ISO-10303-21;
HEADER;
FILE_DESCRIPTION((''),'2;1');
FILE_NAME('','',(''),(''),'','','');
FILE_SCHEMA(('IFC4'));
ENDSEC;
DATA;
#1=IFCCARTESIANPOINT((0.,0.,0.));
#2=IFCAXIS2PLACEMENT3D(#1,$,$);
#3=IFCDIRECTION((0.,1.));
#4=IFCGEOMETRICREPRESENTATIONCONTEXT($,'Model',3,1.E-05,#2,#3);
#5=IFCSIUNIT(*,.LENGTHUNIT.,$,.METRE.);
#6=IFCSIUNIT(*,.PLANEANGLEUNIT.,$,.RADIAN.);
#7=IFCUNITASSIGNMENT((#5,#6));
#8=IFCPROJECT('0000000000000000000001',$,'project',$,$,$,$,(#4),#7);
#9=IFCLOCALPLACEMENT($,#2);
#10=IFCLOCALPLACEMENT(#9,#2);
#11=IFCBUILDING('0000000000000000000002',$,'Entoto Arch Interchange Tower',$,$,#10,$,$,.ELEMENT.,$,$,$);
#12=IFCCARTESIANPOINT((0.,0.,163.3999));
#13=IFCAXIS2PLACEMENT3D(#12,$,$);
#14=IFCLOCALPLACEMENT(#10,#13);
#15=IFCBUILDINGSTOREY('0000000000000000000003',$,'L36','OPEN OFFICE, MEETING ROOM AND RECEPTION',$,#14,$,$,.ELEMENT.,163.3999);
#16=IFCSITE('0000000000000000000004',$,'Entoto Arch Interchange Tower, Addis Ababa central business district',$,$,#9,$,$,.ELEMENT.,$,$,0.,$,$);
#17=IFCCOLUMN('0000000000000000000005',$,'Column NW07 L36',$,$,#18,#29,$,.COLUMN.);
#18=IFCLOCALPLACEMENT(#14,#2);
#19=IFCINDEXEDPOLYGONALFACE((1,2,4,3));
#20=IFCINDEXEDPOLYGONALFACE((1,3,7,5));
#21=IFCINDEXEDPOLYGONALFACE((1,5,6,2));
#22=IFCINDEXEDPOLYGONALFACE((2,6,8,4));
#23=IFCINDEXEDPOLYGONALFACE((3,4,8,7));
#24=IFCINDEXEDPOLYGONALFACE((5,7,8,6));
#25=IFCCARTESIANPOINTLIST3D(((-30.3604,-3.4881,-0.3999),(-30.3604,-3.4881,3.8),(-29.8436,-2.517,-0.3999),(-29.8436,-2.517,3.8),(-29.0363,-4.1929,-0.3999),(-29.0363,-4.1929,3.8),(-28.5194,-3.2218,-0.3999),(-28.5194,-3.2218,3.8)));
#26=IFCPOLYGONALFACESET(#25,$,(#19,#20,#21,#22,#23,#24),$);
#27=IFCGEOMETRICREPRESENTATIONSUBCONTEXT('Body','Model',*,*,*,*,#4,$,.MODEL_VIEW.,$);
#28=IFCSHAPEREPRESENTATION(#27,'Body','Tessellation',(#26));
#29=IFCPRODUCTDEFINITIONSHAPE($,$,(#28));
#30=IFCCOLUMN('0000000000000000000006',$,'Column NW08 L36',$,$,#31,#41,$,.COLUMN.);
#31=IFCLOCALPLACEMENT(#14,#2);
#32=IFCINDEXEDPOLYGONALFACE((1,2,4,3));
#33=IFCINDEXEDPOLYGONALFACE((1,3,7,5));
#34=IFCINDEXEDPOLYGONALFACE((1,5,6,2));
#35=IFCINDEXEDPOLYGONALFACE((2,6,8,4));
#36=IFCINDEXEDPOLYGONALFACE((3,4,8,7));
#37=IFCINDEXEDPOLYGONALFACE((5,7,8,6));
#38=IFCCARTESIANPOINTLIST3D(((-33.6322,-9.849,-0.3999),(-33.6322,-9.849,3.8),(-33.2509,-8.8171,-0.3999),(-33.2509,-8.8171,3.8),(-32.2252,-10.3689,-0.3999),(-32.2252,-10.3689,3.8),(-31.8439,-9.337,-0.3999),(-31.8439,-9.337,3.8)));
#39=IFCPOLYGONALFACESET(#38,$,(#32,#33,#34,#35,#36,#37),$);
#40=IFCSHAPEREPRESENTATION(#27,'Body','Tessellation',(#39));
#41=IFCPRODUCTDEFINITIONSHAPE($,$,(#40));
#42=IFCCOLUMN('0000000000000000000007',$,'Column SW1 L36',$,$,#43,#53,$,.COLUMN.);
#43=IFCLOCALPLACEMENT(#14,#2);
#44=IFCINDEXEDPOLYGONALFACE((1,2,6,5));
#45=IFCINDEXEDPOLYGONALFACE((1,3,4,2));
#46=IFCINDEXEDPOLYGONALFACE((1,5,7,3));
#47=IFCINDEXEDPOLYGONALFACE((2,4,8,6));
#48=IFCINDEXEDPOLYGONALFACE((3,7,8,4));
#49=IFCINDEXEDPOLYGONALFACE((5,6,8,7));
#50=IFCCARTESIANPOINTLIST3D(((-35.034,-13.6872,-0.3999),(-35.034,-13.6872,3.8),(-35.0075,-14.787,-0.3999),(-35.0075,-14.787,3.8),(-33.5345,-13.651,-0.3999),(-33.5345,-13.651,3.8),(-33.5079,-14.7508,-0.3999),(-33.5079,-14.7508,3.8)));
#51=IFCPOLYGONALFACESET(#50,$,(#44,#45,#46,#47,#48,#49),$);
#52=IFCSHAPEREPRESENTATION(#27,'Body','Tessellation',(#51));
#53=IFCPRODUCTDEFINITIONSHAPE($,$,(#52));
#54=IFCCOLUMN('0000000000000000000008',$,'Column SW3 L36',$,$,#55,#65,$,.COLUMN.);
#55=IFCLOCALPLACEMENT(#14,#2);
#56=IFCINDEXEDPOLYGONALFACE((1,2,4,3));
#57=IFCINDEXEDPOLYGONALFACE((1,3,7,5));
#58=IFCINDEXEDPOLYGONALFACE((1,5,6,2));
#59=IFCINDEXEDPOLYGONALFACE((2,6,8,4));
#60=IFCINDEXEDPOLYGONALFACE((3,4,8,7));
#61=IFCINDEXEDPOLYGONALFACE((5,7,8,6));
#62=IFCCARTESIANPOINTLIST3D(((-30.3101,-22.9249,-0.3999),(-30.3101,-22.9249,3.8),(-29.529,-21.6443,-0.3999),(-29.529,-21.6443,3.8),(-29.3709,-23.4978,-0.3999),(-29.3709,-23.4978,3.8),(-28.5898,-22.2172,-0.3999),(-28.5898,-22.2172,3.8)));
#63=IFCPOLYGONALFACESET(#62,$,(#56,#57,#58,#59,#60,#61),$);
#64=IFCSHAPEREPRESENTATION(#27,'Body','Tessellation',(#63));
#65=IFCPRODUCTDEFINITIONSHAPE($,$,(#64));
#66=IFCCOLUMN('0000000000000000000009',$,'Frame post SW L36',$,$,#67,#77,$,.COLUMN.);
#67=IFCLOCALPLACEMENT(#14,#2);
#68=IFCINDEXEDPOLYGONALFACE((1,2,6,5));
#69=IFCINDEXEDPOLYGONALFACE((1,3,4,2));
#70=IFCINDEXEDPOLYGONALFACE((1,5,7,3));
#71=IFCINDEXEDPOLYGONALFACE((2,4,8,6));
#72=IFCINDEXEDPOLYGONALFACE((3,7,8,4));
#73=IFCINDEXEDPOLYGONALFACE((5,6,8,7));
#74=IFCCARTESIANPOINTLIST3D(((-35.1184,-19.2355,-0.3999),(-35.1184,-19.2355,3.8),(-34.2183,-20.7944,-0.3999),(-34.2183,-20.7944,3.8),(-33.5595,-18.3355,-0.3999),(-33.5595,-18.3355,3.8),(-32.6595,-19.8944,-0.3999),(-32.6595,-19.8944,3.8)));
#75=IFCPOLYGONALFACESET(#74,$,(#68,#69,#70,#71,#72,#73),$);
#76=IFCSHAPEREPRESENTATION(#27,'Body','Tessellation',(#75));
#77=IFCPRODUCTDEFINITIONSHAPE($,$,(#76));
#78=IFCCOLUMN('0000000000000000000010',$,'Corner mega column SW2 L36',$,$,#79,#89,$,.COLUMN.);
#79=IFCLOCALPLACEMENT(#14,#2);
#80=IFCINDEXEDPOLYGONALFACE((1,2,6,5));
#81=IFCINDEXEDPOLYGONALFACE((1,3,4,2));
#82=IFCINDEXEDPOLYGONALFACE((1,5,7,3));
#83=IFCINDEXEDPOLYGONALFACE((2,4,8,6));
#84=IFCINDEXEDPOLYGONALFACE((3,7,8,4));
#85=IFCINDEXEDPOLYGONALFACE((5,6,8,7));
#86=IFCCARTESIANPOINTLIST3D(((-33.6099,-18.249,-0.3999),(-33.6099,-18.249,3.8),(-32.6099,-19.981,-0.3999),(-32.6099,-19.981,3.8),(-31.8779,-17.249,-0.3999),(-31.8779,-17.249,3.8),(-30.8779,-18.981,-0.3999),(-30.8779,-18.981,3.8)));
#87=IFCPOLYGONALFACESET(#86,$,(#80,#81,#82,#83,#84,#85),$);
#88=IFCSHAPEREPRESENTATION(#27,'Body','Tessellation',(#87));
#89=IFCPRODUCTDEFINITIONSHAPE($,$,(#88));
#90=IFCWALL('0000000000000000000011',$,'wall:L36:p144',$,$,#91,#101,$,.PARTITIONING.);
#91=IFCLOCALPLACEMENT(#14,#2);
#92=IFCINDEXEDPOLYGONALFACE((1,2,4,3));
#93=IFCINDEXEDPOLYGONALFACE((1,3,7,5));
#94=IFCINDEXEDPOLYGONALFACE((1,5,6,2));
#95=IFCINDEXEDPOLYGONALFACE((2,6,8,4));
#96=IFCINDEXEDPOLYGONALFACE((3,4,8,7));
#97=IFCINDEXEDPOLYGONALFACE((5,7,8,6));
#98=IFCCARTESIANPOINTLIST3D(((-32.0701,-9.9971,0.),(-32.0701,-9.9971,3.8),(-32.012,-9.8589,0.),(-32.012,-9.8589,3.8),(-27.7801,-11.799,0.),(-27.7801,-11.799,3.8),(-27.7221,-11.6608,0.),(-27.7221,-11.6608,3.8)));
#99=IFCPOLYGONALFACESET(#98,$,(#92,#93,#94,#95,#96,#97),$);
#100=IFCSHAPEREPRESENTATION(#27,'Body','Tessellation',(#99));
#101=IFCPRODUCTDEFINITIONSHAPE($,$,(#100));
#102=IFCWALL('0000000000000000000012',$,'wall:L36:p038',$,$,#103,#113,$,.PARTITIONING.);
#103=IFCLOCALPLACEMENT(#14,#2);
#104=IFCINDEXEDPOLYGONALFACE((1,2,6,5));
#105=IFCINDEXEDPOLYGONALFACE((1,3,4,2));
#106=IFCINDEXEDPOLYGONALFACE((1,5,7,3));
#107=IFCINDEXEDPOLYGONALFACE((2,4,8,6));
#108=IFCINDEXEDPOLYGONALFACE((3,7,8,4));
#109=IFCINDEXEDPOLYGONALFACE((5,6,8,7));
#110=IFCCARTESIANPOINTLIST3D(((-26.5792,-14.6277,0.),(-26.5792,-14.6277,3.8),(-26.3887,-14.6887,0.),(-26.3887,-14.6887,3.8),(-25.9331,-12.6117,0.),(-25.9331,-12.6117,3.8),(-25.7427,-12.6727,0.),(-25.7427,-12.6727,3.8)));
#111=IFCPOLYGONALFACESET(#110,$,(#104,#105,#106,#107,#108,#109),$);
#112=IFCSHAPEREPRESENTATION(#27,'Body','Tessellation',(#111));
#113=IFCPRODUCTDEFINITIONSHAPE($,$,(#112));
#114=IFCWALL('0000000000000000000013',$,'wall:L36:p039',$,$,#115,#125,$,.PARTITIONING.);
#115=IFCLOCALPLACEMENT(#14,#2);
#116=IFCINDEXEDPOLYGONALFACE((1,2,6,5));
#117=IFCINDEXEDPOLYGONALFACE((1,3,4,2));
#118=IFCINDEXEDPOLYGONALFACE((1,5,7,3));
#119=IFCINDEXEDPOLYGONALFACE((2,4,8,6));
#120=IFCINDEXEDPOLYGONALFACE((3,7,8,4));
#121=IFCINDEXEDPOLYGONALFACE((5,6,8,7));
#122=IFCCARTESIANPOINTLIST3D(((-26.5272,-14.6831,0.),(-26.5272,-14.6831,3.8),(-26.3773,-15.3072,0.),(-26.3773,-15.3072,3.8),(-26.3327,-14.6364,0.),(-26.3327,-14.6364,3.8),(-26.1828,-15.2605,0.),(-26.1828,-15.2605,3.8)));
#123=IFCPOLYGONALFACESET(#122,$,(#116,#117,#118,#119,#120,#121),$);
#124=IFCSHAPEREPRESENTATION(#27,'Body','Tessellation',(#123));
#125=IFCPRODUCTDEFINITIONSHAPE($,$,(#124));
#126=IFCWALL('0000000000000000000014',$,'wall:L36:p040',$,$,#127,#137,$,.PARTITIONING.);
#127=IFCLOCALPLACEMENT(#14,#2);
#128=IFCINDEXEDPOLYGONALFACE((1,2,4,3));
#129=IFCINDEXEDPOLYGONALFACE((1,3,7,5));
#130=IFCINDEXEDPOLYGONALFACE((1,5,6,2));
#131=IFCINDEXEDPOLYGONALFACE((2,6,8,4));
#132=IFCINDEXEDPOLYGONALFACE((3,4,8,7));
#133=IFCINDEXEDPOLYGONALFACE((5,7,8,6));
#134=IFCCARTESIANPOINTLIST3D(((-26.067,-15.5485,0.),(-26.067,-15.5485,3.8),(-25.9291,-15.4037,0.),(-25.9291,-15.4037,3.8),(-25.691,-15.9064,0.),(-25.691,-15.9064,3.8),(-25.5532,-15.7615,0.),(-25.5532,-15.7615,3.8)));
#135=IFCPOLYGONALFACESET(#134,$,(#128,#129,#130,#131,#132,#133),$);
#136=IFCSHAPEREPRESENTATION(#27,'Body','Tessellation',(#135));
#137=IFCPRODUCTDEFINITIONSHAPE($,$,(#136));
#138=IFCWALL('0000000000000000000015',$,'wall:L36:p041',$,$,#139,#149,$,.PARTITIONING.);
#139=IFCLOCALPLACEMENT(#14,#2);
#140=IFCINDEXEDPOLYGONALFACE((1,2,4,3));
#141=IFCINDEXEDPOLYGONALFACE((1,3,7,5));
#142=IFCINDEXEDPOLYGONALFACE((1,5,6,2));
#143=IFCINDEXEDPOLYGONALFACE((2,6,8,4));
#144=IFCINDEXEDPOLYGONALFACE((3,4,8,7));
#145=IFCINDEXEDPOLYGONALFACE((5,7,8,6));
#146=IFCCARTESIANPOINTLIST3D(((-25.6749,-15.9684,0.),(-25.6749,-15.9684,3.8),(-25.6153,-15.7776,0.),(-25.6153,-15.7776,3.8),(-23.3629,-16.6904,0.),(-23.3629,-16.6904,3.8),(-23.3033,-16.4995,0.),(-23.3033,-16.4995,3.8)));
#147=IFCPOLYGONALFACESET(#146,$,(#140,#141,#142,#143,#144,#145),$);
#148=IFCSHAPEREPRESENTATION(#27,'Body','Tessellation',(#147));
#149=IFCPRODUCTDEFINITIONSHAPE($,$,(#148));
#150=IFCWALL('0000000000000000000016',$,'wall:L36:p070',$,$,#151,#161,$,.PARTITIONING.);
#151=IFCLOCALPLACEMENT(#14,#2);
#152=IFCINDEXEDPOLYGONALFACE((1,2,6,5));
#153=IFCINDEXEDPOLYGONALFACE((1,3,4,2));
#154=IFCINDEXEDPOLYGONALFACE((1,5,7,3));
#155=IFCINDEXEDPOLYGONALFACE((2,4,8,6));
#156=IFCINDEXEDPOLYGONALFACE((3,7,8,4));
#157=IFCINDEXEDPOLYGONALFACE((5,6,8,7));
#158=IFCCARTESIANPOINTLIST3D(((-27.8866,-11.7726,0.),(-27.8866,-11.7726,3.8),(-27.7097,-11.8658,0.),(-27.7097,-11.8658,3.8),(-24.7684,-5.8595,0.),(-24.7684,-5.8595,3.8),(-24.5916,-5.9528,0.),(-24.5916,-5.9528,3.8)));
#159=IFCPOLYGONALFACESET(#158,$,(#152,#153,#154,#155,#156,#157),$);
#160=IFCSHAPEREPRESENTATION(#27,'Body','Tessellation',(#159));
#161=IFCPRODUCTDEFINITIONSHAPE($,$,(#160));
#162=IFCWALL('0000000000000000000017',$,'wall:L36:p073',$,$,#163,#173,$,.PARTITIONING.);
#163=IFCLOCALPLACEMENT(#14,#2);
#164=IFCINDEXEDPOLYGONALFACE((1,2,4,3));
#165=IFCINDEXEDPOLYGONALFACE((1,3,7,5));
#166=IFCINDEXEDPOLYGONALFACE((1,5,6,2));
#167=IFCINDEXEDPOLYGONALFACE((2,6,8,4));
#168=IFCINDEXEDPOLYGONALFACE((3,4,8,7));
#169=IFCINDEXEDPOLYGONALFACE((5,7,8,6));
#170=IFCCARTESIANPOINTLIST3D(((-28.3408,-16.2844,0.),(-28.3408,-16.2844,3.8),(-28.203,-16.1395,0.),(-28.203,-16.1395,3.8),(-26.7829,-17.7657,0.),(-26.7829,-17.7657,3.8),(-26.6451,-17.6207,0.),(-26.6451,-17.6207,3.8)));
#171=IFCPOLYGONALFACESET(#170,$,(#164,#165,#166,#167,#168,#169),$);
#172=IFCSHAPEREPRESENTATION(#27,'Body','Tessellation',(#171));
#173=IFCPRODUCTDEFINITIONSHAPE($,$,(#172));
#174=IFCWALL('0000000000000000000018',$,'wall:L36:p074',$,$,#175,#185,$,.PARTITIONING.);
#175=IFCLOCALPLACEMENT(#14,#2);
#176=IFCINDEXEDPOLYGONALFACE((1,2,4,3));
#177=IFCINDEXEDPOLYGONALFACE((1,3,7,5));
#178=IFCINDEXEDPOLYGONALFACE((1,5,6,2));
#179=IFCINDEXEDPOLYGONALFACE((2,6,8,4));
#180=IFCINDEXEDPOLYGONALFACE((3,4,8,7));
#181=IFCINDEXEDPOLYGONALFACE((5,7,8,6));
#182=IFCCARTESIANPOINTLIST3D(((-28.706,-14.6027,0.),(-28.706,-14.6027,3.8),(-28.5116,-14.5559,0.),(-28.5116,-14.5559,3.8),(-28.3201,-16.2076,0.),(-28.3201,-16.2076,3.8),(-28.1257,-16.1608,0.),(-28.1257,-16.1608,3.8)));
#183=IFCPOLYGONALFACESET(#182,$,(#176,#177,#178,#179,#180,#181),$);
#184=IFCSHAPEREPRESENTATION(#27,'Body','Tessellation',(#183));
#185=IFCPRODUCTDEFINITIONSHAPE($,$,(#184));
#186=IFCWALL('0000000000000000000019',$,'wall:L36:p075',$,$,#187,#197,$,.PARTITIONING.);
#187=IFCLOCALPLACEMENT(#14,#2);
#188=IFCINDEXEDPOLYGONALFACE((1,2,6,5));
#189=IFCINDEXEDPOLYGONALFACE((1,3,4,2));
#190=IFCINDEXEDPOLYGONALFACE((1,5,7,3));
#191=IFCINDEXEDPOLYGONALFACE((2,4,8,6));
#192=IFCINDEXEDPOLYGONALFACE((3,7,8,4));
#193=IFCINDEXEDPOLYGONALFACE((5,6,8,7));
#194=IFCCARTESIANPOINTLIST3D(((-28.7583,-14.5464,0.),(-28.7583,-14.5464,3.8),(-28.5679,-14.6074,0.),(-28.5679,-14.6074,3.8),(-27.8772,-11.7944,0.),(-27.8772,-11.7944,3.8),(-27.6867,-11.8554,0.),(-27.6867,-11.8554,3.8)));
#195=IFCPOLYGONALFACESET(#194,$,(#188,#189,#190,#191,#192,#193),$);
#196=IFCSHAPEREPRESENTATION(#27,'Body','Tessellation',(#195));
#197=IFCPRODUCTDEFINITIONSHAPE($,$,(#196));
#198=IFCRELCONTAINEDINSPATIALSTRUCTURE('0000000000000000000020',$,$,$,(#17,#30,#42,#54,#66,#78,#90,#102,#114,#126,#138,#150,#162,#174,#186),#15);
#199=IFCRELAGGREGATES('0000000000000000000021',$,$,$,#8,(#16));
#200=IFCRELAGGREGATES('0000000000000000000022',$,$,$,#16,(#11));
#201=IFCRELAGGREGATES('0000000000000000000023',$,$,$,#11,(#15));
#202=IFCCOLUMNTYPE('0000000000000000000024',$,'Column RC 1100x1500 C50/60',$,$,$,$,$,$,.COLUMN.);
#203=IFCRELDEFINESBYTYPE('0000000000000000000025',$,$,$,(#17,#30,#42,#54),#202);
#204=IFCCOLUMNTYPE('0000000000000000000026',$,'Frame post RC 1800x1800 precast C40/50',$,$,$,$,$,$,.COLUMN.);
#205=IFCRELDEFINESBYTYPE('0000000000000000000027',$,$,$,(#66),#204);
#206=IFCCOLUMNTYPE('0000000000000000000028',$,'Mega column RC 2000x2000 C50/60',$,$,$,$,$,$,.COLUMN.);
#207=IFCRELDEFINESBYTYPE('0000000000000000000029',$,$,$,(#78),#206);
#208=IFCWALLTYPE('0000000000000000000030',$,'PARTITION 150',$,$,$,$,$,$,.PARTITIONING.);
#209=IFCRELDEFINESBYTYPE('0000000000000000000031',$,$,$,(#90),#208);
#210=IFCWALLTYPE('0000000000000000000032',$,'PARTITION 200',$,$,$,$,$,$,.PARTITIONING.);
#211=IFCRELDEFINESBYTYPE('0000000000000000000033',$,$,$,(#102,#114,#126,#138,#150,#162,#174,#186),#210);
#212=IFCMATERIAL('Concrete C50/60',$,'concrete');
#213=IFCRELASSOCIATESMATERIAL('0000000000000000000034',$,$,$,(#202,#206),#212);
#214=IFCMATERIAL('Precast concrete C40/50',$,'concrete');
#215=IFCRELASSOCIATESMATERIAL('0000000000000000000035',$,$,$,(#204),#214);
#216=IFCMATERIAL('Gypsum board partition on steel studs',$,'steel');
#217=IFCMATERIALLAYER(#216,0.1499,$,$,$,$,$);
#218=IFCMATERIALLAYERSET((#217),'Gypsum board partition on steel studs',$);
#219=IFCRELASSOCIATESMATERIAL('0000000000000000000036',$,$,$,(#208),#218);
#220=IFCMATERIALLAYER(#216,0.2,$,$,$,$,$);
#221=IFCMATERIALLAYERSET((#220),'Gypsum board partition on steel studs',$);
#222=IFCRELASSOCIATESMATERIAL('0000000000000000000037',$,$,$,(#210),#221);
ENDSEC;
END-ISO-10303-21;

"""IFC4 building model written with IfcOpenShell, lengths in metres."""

from ifc_helpers import new_model, si_unit, direction, frame, frame_2d, origin, origin_2d, place, context, subcontext, project, spatial, rectangle, extrude, material, layer, layer_set, material_profile, profile_set, type_object, element, save


model = new_model("IFC4")

# Units and contexts
model_context = context("Model", 3, precision=1e-05, world=origin(), true_north=direction((0.0, 1.0)))
body_context = subcontext(model_context, "Body", "Model", "MODEL_VIEW")
ifc_project = project(units=[si_unit("LENGTHUNIT", "METRE"), si_unit("PLANEANGLEUNIT", "RADIAN")], contexts=[model_context])

# Site, building, storey
site_placement = place(None, origin())
site = spatial("IfcSite", under=ifc_project, at=site_placement, Name="Entoto Arch Interchange Tower, Addis Ababa central business district", CompositionType="ELEMENT", RefElevation=0.0)
building_placement = place(site_placement, origin())
building = spatial("IfcBuilding", under=site, at=building_placement, Name="Entoto Arch Interchange Tower", CompositionType="ELEMENT")
storey_placement = place(building_placement, frame((0.0, 0.0, 163.3999)))
storey = spatial("IfcBuildingStorey", under=building, at=storey_placement, Name="L36", Description="OPEN OFFICE, MEETING ROOM AND RECEPTION", CompositionType="ELEMENT", Elevation=163.3999)

# Columns
ifc_material_1 = material(Name="Concrete C50/60", Category="concrete")
ifc_material_profile_1 = material_profile(ifc_material_1, rectangle(XDim=1.1001, YDim=1.5, at=origin_2d()))
ifc_profile_set_1 = profile_set([ifc_material_profile_1], Name="Concrete C50/60")
column_type_1 = type_object("IfcColumnType", Name="Column RC 1100x1500 C50/60", PredefinedType="COLUMN", material=ifc_profile_set_1)
for number, where, z_axis, x_axis, name in (
    (1, (-29.4399, -3.355, -0.3999), (0.0, 0.0, 1.0), (0.469857, 0.882743, 0.0), "Column NW07 L36"),
    (2, (-32.738, -9.593, -0.3999), (0.0, 0.0, 1.0), (0.346592, 0.938016, 0.0), "Column NW08 L36"),
    (3, (-34.271, -14.219, -0.3999), (0.0, 0.0, 1.0), (-0.024118, 0.999709, 0.0), "Column SW1 L36"),
    (4, (-29.45, -22.571, -0.3999), (0.0, 0.0, 1.0), (-0.853714, 0.520741, 0.0), "Column SW3 L36"),
):
    element("IfcColumn", number, at=place(storey_placement, frame(where, z_axis=z_axis, x_axis=x_axis)), inside=storey, type_object=column_type_1, Name=name, PredefinedType="COLUMN", context=body_context, shape_type="SweptSolid", body=[
        extrude(rectangle(XDim=1.1001, YDim=1.5, at=origin_2d()), origin(), (0.0, 0.0, 1.0), 4.2),
    ])
ifc_material_2 = material(Name="Precast concrete C40/50", Category="concrete")
ifc_material_profile_2 = material_profile(ifc_material_2, rectangle(XDim=1.8, YDim=1.8, at=origin_2d()))
ifc_profile_set_2 = profile_set([ifc_material_profile_2], Name="Precast concrete C40/50")
column_type_2 = type_object("IfcColumnType", Name="Frame post RC 1800x1800 precast C40/50", PredefinedType="COLUMN", material=ifc_profile_set_2)
column_1_placement = place(storey_placement, frame((-33.8889, -19.5649, -0.3999), z_axis=(0.0, 0.0, 1.0), x_axis=(0.866025, 0.5, 0.0)))
element("IfcColumn", 5, at=column_1_placement, inside=storey, type_object=column_type_2, Name="Frame post SW L36", PredefinedType="COLUMN", context=body_context, shape_type="SweptSolid", body=[
    extrude(rectangle(XDim=1.8, YDim=1.8, at=origin_2d()), origin(), (0.0, 0.0, 1.0), 4.2),
])
ifc_material_profile_3 = material_profile(ifc_material_1, rectangle(XDim=2.0, YDim=2.0, at=origin_2d()))
ifc_profile_set_3 = profile_set([ifc_material_profile_3], Name="Concrete C50/60")
column_type_3 = type_object("IfcColumnType", Name="Mega column RC 2000x2000 C50/60", PredefinedType="COLUMN", material=ifc_profile_set_3)
column_2_placement = place(storey_placement, frame((-32.2439, -18.615, -0.3999), z_axis=(0.0, 0.0, 1.0), x_axis=(0.866025, 0.5, 0.0)))
element("IfcColumn", 6, at=column_2_placement, inside=storey, type_object=column_type_3, Name="Corner mega column SW2 L36", PredefinedType="COLUMN", context=body_context, shape_type="SweptSolid", body=[
    extrude(rectangle(XDim=2.0, YDim=2.0, at=origin_2d()), origin(), (0.0, 0.0, 1.0), 4.2),
])

# Walls
ifc_material_3 = material(Name="Gypsum board partition on steel studs", Category="steel")
ifc_layer_1 = layer(ifc_material_3, 0.1499)
ifc_layer_set_1 = layer_set([ifc_layer_1], Name="Gypsum board partition on steel studs")
wall_type_1 = type_object("IfcWallType", Name="PARTITION 150", PredefinedType="PARTITIONING", material=ifc_layer_set_1)
wall_1_placement = place(storey_placement, frame((-27.751, -11.73, 0.0), z_axis=(0.0, 0.0, 1.0), x_axis=(-0.921968, 0.387266, 0.0)))
element("IfcWall", 7, at=wall_1_placement, inside=storey, type_object=wall_type_1, Name="wall:L36:p144", PredefinedType="PARTITIONING", context=body_context, shape_type="SweptSolid", body=[
    extrude(rectangle(XDim=4.6531, YDim=0.1499, at=frame_2d((2.3267, 0.0))), origin(), (0.0, 0.0, 1.0), 3.8),
])
ifc_layer_2 = layer(ifc_material_3, 0.2)
ifc_layer_set_2 = layer_set([ifc_layer_2], Name="Gypsum board partition on steel studs")
wall_type_2 = type_object("IfcWallType", Name="PARTITION 200", PredefinedType="PARTITIONING", material=ifc_layer_set_2)
wall_2_placement = place(storey_placement, frame((-25.8379, -12.6421, 0.0), z_axis=(0.0, 0.0, 1.0), x_axis=(-0.305169, -0.952298, 0.0)))
element("IfcWall", 8, at=wall_2_placement, inside=storey, type_object=wall_type_2, Name="wall:L36:p038", PredefinedType="PARTITIONING", context=body_context, shape_type="SweptSolid", body=[
    extrude(rectangle(XDim=2.1169, YDim=0.2, at=frame_2d((1.0586, 0.0))), origin(), (0.0, 0.0, 1.0), 3.8),
])
wall_3_placement = place(storey_placement, frame((-26.4299, -14.6599, 0.0), z_axis=(0.0, 0.0, 1.0), x_axis=(0.233574, -0.972339, 0.0)))
element("IfcWall", 9, at=wall_3_placement, inside=storey, type_object=wall_type_2, Name="wall:L36:p039", PredefinedType="PARTITIONING", context=body_context, shape_type="SweptSolid", body=[
    extrude(rectangle(XDim=0.6418, YDim=0.2, at=frame_2d((0.3208, 0.0))), origin(), (0.0, 0.0, 1.0), 3.8),
])
wall_4_placement = place(storey_placement, frame((-25.998, -15.4761, 0.0), z_axis=(0.0, 0.0, 1.0), x_axis=(0.724294, -0.689491, 0.0)))
element("IfcWall", 10, at=wall_4_placement, inside=storey, type_object=wall_type_2, Name="wall:L36:p040", PredefinedType="PARTITIONING", context=body_context, shape_type="SweptSolid", body=[
    extrude(rectangle(XDim=0.519, YDim=0.2, at=frame_2d((0.2595, 0.0))), origin(), (0.0, 0.0, 1.0), 3.8),
])
wall_5_placement = place(storey_placement, frame((-25.645, -15.873, 0.0), z_axis=(0.0, 0.0, 1.0), x_axis=(0.954548, -0.298057, 0.0)))
element("IfcWall", 11, at=wall_5_placement, inside=storey, type_object=wall_type_2, Name="wall:L36:p041", PredefinedType="PARTITIONING", context=body_context, shape_type="SweptSolid", body=[
    extrude(rectangle(XDim=2.4221, YDim=0.2, at=frame_2d((1.2109, 0.0))), origin(), (0.0, 0.0, 1.0), 3.8),
])
wall_6_placement = place(storey_placement, frame((-27.7981, -11.8191, 0.0), z_axis=(0.0, 0.0, 1.0), x_axis=(0.466451, 0.884547, 0.0)))
element("IfcWall", 12, at=wall_6_placement, inside=storey, type_object=wall_type_2, Name="wall:L36:p070", PredefinedType="PARTITIONING", context=body_context, shape_type="SweptSolid", body=[
    extrude(rectangle(XDim=6.6848, YDim=0.2, at=frame_2d((3.3423, 0.0))), origin(), (0.0, 0.0, 1.0), 3.8),
])
wall_7_placement = place(storey_placement, frame((-26.7141, -17.6931, 0.0), z_axis=(0.0, 0.0, 1.0), x_axis=(-0.724713, 0.689051, 0.0)))
element("IfcWall", 13, at=wall_7_placement, inside=storey, type_object=wall_type_2, Name="wall:L36:p073", PredefinedType="PARTITIONING", context=body_context, shape_type="SweptSolid", body=[
    extrude(rectangle(XDim=2.1497, YDim=0.2, at=frame_2d((1.0747, 0.0))), origin(), (0.0, 0.0, 1.0), 3.8),
])
wall_8_placement = place(storey_placement, frame((-28.2229, -16.1841, 0.0), z_axis=(0.0, 0.0, 1.0), x_axis=(-0.233826, 0.972278, 0.0)))
element("IfcWall", 14, at=wall_8_placement, inside=storey, type_object=wall_type_2, Name="wall:L36:p074", PredefinedType="PARTITIONING", context=body_context, shape_type="SweptSolid", body=[
    extrude(rectangle(XDim=1.6506, YDim=0.2, at=frame_2d((0.8252, 0.0))), origin(), (0.0, 0.0, 1.0), 3.8),
])
wall_9_placement = place(storey_placement, frame((-28.6631, -14.5769, 0.0), z_axis=(0.0, 0.0, 1.0), x_axis=(0.304926, 0.952376, 0.0)))
element("IfcWall", 15, at=wall_9_placement, inside=storey, type_object=wall_type_2, Name="wall:L36:p075", PredefinedType="PARTITIONING", context=body_context, shape_type="SweptSolid", body=[
    extrude(rectangle(XDim=2.8896, YDim=0.2, at=frame_2d((1.4448, 0.0))), origin(), (0.0, 0.0, 1.0), 3.8),
])

save(model, "model.ifc")
